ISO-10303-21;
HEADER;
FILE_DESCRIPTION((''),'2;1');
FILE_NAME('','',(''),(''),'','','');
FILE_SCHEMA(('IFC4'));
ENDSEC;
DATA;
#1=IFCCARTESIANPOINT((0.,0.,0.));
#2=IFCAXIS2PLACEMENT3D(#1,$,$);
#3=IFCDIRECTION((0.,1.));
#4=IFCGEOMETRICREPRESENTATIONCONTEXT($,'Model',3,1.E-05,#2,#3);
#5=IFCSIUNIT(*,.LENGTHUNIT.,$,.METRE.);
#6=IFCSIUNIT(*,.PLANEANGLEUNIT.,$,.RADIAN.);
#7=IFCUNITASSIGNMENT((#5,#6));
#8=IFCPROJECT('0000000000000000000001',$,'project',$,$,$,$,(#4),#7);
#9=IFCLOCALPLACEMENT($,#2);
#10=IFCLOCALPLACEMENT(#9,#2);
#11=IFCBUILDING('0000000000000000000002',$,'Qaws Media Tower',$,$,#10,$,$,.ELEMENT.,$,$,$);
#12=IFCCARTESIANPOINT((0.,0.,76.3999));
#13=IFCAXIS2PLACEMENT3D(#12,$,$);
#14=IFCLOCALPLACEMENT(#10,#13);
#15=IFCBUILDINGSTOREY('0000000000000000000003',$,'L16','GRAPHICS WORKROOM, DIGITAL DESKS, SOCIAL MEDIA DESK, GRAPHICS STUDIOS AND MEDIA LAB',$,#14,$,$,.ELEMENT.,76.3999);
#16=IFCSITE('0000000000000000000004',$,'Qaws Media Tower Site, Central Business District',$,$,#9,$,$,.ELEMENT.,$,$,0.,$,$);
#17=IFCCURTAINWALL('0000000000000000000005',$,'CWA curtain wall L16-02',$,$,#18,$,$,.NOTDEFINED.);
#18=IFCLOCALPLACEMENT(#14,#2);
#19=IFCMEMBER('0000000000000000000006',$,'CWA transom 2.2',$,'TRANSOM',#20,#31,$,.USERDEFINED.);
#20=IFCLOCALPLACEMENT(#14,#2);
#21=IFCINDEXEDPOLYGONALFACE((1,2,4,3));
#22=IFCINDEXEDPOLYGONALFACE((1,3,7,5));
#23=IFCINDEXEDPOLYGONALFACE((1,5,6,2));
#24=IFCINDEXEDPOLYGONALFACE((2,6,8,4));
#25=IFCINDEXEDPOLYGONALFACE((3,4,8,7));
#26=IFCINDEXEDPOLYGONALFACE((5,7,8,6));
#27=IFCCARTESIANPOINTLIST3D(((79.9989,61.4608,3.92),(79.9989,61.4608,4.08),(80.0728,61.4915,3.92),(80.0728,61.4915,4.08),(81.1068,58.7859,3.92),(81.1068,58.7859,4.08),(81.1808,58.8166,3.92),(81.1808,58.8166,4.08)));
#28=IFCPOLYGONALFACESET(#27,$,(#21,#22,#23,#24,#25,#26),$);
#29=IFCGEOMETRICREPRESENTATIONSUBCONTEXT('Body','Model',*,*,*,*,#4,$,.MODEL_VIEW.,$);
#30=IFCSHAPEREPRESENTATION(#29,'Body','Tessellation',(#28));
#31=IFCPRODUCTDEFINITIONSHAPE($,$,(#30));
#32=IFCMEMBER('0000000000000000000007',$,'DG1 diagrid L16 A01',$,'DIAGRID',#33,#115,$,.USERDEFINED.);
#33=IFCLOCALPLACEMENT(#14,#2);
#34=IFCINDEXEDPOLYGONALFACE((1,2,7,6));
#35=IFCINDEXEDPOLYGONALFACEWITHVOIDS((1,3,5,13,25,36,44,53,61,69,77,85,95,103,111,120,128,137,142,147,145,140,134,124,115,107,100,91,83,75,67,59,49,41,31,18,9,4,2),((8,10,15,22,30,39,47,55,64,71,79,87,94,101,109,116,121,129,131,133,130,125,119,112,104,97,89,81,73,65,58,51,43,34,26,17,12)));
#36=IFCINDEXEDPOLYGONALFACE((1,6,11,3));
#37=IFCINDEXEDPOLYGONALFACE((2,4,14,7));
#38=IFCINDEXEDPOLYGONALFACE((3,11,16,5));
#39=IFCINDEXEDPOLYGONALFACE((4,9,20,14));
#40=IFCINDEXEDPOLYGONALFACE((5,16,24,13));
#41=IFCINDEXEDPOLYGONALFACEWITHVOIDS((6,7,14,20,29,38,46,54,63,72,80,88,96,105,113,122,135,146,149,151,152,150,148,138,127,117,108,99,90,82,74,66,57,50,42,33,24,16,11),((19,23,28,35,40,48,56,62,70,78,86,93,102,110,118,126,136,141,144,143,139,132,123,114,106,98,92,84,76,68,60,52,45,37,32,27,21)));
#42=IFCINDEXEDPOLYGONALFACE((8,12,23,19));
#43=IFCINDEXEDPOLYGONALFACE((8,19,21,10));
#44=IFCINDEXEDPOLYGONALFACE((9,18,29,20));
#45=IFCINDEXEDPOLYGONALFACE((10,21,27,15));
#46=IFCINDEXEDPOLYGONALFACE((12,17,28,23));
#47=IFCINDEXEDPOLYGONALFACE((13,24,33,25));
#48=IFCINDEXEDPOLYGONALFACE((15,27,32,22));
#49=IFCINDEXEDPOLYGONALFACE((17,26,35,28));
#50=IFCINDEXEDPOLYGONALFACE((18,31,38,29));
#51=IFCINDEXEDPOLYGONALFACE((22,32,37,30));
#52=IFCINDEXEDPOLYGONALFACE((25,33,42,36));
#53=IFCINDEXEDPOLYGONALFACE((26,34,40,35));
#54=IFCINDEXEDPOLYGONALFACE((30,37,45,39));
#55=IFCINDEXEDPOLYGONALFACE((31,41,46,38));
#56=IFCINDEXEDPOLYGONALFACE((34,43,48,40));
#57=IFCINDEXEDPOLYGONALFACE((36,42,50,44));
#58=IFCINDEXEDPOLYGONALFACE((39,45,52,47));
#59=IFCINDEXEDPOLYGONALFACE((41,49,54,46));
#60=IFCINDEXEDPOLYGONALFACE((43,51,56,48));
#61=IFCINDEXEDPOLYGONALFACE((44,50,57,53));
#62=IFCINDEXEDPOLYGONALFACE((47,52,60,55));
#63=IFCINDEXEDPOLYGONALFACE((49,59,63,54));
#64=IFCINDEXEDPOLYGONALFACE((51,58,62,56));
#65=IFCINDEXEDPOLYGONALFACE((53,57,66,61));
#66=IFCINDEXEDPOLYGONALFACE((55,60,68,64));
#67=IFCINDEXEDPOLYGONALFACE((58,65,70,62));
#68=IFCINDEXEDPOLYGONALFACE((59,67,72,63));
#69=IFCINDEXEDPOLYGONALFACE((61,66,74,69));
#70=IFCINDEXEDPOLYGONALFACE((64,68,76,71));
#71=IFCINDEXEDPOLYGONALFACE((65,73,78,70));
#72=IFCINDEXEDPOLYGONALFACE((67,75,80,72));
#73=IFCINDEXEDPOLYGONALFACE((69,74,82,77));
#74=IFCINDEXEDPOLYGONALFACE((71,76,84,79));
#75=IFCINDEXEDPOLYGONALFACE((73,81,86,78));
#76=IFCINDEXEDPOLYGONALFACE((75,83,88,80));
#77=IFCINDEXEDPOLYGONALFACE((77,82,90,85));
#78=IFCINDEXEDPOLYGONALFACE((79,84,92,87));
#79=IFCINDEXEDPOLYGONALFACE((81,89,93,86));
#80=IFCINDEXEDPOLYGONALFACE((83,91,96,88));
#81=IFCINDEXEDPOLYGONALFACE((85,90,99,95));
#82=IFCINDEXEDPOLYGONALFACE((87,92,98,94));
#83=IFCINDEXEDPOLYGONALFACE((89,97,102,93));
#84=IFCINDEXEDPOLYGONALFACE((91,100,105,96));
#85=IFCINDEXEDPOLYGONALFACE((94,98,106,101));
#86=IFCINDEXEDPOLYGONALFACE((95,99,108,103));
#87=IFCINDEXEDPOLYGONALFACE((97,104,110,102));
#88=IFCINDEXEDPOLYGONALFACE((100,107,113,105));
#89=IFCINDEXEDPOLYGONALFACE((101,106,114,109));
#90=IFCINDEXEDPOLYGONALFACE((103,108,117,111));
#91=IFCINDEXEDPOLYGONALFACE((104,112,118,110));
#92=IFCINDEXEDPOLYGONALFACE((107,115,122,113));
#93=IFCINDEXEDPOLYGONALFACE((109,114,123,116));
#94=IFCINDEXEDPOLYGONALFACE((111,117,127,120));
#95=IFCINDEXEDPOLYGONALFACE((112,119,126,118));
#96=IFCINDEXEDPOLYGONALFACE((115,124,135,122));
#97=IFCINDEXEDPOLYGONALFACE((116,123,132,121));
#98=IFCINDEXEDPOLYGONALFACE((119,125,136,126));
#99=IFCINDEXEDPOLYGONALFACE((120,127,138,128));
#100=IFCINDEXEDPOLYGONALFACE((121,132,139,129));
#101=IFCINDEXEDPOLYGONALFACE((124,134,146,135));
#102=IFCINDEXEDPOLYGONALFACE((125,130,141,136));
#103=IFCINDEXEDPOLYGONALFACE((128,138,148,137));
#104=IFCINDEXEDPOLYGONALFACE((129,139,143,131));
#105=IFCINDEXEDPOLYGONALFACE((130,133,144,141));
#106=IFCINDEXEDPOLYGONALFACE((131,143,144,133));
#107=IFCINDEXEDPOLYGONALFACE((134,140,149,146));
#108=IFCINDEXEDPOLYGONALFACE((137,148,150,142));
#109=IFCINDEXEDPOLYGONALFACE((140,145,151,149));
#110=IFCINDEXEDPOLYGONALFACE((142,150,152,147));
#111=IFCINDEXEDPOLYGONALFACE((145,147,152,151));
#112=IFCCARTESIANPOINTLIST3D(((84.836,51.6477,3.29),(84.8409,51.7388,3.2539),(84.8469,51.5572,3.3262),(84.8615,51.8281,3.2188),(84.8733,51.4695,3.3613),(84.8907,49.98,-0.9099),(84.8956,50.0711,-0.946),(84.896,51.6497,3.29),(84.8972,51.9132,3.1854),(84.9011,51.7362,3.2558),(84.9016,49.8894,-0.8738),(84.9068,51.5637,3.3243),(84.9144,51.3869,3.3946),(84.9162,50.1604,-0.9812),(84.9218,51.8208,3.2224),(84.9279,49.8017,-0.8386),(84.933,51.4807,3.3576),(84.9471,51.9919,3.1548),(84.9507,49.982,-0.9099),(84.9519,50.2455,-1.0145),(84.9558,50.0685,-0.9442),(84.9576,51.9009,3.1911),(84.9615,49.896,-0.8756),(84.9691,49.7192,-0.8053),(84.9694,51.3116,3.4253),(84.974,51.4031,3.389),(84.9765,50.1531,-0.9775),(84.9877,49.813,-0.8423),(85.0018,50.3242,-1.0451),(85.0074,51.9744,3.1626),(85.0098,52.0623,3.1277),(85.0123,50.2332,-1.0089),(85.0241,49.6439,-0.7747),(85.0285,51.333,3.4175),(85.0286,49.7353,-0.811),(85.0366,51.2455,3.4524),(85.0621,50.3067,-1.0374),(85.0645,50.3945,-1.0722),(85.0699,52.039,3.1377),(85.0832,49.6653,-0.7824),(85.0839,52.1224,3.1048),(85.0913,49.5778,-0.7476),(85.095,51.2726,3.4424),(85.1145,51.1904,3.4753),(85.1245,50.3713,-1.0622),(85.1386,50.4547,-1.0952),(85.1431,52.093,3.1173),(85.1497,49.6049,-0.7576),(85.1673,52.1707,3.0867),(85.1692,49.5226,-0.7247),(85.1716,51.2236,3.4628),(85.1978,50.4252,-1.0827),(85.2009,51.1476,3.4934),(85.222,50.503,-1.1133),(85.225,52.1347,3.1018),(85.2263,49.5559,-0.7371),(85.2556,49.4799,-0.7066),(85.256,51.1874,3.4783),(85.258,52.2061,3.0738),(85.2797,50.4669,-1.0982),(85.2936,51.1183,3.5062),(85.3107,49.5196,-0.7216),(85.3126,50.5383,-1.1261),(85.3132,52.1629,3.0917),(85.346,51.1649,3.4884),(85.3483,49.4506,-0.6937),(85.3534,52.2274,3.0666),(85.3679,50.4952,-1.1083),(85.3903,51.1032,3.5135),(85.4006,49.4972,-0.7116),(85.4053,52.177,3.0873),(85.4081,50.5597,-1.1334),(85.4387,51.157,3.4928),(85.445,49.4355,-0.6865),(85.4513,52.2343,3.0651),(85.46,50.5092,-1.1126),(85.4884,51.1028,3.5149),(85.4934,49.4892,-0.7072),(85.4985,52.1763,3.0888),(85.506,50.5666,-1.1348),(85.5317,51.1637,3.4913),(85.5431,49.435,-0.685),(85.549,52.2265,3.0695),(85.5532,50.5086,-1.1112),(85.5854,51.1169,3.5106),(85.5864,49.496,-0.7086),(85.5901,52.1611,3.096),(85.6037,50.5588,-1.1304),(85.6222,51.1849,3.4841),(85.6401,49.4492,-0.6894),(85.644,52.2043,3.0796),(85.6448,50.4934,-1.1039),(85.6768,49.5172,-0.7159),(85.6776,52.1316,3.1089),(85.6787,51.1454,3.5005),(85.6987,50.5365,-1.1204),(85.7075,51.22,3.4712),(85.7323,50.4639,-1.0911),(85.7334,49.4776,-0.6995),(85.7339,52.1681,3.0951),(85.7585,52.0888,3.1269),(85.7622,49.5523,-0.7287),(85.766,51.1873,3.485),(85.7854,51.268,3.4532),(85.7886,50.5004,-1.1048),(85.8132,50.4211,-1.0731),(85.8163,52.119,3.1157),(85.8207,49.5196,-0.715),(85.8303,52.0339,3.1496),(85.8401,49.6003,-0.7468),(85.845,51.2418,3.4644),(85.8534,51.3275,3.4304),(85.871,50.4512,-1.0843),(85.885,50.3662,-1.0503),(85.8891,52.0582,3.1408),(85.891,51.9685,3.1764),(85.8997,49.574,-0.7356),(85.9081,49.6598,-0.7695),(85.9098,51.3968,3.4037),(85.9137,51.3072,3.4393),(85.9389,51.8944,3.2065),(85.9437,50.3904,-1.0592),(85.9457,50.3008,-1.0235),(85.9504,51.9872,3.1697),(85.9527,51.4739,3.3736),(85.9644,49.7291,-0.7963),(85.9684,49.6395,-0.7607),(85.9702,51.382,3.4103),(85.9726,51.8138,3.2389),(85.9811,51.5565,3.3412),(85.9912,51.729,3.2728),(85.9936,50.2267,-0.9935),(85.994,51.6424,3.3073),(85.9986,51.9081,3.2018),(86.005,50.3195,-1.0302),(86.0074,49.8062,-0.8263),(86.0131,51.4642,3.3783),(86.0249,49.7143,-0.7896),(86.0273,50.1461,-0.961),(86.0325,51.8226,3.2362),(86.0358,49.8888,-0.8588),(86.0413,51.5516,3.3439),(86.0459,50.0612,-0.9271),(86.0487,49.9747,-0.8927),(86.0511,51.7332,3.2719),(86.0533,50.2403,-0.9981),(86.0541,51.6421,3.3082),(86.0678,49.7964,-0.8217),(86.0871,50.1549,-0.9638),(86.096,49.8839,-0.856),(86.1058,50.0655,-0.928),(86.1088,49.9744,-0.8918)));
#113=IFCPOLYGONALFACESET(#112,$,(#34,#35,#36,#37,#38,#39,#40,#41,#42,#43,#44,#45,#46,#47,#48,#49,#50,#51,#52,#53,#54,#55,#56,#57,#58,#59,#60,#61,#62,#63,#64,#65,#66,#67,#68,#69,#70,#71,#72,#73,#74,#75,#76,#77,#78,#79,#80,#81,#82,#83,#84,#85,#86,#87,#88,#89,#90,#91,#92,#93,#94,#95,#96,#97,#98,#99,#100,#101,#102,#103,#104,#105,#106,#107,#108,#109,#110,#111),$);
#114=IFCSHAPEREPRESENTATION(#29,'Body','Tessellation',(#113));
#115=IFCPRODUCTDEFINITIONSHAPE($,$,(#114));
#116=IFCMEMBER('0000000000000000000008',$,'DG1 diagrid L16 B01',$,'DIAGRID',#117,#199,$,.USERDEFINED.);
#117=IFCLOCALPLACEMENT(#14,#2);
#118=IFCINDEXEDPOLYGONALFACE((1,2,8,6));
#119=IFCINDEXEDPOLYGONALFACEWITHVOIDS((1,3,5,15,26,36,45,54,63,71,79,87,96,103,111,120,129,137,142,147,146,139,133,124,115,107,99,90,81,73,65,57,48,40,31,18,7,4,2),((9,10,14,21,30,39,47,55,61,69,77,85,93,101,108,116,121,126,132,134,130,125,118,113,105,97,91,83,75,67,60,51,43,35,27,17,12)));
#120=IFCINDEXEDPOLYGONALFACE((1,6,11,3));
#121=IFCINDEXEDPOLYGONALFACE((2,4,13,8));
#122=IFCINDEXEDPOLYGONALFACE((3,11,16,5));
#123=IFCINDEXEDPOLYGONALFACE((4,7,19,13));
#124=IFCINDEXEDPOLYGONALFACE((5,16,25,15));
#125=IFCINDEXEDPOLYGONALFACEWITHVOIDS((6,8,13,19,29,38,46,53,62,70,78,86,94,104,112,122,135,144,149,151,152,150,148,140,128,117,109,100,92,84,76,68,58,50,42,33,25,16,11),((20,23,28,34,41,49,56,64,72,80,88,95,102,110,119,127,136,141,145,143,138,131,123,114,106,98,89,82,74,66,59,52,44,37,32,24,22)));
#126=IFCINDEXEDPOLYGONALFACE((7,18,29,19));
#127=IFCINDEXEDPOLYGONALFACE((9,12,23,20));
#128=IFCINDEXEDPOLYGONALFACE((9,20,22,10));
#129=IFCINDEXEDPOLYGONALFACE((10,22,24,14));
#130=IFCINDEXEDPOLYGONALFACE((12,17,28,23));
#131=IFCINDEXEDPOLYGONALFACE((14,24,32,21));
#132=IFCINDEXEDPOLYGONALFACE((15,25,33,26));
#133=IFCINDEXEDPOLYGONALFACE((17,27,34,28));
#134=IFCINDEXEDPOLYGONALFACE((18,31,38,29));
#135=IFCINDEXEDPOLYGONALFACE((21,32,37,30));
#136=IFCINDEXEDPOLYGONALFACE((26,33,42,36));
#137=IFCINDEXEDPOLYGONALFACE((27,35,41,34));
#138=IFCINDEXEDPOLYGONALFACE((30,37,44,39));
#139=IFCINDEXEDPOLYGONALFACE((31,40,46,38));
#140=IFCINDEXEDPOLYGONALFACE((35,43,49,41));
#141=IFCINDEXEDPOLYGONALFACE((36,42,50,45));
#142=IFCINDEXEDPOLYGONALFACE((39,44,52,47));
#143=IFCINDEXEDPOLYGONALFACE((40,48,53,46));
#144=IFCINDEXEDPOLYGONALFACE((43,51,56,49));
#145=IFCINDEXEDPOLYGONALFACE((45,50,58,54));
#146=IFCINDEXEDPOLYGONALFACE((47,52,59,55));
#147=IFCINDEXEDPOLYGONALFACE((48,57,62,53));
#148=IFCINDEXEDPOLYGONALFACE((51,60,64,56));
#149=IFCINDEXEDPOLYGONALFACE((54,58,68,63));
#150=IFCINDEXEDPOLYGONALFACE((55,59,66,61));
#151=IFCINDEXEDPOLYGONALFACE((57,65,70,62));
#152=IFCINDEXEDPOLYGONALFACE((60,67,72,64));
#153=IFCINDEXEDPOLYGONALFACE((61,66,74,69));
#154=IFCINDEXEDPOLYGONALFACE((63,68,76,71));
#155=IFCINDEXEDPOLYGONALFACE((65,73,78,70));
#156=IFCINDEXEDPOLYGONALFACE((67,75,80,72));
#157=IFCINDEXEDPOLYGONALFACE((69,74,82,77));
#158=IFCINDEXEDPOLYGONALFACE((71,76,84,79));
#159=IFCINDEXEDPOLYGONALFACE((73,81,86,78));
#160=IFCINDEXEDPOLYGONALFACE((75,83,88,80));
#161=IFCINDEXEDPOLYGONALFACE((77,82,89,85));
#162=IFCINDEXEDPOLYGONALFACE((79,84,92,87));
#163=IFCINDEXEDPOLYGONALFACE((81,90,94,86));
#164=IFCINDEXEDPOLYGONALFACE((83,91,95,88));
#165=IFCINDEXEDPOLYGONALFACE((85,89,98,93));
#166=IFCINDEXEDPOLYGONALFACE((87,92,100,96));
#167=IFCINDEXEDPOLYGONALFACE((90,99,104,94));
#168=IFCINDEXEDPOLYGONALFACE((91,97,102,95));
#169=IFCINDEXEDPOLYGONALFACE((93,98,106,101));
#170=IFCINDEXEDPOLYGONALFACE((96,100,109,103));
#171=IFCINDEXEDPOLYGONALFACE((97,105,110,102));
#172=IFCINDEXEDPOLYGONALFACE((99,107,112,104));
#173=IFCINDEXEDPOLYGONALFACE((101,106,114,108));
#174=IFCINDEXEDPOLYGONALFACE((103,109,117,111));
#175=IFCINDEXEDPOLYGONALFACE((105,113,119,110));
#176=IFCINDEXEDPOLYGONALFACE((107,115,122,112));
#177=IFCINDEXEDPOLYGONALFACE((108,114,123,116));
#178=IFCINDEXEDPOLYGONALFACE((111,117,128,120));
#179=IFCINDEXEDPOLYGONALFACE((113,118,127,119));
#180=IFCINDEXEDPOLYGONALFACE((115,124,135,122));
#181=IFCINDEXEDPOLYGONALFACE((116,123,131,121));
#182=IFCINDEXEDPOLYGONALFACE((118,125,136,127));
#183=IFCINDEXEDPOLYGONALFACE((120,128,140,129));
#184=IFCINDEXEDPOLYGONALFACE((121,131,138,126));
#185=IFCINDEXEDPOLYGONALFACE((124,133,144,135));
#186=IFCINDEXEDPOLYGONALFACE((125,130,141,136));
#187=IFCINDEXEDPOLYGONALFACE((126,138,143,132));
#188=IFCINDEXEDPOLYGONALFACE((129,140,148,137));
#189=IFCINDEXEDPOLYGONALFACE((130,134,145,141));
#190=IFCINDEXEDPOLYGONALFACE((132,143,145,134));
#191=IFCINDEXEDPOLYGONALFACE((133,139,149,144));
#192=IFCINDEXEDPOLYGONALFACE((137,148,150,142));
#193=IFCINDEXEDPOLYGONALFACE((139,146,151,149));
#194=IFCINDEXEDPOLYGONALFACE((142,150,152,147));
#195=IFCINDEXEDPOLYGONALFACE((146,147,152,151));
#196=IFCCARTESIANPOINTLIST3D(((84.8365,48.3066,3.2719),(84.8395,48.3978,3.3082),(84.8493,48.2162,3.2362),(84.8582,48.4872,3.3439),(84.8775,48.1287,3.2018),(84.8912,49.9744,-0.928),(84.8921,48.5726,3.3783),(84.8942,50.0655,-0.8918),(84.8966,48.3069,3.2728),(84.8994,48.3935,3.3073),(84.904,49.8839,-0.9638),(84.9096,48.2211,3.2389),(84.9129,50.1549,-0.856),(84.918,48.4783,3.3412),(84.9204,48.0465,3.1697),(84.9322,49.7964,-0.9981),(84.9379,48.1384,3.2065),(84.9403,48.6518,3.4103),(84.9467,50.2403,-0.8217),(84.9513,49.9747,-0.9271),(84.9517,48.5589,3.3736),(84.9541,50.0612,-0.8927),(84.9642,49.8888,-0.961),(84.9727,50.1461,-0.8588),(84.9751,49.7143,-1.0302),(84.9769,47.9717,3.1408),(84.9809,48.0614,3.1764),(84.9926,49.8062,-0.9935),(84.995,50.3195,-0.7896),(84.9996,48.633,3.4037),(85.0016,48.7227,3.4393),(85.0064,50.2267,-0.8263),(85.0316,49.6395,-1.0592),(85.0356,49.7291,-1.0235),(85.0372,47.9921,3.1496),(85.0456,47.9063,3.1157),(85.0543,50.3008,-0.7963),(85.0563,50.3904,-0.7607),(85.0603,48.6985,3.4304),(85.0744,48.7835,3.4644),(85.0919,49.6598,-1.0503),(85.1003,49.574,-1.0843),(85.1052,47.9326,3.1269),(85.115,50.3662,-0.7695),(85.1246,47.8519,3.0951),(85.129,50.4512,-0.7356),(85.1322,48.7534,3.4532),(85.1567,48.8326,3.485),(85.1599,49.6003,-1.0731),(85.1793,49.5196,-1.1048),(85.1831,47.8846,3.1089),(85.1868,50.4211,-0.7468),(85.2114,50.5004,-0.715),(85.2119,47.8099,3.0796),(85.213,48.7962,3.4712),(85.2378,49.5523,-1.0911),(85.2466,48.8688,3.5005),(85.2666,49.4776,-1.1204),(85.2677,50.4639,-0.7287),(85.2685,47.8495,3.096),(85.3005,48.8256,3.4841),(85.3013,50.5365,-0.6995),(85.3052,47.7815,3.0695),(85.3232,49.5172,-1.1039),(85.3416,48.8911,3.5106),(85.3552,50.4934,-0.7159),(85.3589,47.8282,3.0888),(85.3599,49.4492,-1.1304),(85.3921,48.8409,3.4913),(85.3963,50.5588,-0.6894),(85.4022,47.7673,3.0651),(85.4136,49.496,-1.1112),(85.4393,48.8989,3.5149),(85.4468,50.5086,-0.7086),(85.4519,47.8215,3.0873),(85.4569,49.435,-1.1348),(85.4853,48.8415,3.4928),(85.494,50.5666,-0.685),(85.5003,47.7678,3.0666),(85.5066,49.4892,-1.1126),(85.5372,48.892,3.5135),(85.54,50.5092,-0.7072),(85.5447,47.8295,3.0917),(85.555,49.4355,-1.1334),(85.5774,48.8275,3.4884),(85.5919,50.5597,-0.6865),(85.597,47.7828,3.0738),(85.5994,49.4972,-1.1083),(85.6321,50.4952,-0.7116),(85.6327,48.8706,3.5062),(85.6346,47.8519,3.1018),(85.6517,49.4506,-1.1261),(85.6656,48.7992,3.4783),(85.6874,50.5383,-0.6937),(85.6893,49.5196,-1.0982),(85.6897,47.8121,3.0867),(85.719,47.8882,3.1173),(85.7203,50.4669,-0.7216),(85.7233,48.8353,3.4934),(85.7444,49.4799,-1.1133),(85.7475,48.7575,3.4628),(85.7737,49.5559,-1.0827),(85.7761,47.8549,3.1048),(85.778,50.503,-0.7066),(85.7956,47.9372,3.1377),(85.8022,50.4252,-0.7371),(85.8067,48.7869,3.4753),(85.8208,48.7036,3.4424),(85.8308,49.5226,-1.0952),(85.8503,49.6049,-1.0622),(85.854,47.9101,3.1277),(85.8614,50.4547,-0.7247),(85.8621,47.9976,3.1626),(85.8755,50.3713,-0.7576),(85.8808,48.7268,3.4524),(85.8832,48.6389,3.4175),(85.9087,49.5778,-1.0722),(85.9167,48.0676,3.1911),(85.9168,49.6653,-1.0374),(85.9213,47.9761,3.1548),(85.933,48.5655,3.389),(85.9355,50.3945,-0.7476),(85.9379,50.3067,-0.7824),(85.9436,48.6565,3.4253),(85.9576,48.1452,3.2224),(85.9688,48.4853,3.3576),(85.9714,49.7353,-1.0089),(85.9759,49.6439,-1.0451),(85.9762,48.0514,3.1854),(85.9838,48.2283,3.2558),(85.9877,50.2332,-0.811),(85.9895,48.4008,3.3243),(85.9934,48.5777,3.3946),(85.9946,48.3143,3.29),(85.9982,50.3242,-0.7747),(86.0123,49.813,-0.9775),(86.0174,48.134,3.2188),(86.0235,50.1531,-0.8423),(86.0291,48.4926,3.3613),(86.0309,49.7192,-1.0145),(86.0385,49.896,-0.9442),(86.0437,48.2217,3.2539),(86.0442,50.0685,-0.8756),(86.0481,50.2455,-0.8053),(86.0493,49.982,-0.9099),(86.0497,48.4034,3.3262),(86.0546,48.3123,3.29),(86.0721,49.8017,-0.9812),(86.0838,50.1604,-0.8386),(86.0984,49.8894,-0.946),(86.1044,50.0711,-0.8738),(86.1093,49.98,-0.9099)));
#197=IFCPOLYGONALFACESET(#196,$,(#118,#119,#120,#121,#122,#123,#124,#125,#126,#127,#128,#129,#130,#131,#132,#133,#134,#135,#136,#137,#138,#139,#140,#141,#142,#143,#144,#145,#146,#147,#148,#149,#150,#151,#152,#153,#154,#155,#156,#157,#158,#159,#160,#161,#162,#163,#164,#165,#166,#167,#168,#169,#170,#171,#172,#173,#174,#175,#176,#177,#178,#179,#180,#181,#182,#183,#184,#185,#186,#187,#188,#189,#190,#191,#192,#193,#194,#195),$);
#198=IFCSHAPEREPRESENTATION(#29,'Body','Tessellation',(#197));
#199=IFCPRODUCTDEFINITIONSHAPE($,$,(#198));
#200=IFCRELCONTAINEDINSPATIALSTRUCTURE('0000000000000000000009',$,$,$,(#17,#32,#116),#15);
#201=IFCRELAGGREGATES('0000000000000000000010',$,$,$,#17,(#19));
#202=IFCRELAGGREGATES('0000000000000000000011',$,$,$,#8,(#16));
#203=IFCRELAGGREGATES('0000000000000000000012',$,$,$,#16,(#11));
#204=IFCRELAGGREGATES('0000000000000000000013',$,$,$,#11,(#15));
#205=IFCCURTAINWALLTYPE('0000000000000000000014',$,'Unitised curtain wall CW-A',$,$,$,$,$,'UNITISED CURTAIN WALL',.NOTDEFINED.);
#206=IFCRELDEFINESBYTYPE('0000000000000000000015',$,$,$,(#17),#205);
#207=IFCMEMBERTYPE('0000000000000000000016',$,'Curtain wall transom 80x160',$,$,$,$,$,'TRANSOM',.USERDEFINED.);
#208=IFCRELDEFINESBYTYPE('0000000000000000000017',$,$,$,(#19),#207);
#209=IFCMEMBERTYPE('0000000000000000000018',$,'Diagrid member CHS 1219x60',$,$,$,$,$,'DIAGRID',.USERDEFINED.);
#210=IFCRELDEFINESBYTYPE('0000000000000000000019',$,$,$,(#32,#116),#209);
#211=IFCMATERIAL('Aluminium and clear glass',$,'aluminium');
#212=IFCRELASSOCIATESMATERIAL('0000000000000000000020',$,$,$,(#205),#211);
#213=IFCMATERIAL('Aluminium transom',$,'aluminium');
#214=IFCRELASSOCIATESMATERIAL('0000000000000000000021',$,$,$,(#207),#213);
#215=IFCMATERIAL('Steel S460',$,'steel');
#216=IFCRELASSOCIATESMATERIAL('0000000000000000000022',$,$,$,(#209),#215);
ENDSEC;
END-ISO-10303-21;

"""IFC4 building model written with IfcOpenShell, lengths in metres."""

from ifc_helpers import new_model, si_unit, direction, frame, origin, origin_2d, place, context, subcontext, project, spatial, rectangle, hollow_circle, extrude, material, material_profile, profile_set, type_object, element, aggregate, save


model = new_model("IFC4")

# Units and contexts
model_context = context("Model", 3, precision=1e-05, world=origin(), true_north=direction((0.0, 1.0)))
body_context = subcontext(model_context, "Body", "Model", "MODEL_VIEW")
ifc_project = project(units=[si_unit("LENGTHUNIT", "METRE"), si_unit("PLANEANGLEUNIT", "RADIAN")], contexts=[model_context])

# Site, building, storey
site_placement = place(None, origin())
site = spatial("IfcSite", under=ifc_project, at=site_placement, Name="Qaws Media Tower Site, Central Business District", CompositionType="ELEMENT", RefElevation=0.0)
building_placement = place(site_placement, origin())
building = spatial("IfcBuilding", under=site, at=building_placement, Name="Qaws Media Tower", CompositionType="ELEMENT")
storey_placement = place(building_placement, frame((0.0, 0.0, 76.3999)))
storey = spatial("IfcBuildingStorey", under=building, at=storey_placement, Name="L16", Description="GRAPHICS WORKROOM, DIGITAL DESKS, SOCIAL MEDIA DESK, GRAPHICS STUDIOS AND MEDIA LAB", CompositionType="ELEMENT", Elevation=76.3999)

# Curtain wall
ifc_material_1 = material(Name="Aluminium and clear glass", Category="aluminium")
curtain_wall_type = type_object("IfcCurtainWallType", Name="Unitised curtain wall CW-A", ElementType="UNITISED CURTAIN WALL", PredefinedType="NOTDEFINED", material=ifc_material_1)
curtain_wall_1_placement = place(storey_placement, origin())
curtain_wall_1 = element("IfcCurtainWall", 1, at=curtain_wall_1_placement, inside=storey, type_object=curtain_wall_type, Name="CWA curtain wall L16-02", PredefinedType="NOTDEFINED")

# Member
ifc_material_2 = material(Name="Aluminium transom", Category="aluminium")
ifc_material_profile_1 = material_profile(ifc_material_2, rectangle(XDim=0.0801, YDim=0.1599, at=origin_2d()), Name="80x160")
ifc_profile_set_1 = profile_set([ifc_material_profile_1], Name="Aluminium transom")
member_type_1 = type_object("IfcMemberType", Name="Curtain wall transom 80x160", ElementType="TRANSOM", PredefinedType="USERDEFINED", material=ifc_profile_set_1)
member_1_placement = place(storey_placement, frame((81.1438, 58.8013, 4.0), z_axis=(-0.382675, 0.923883, 0.0), x_axis=(-0.923883, -0.382675, 0.0)))
member_1 = element("IfcMember", 2, at=member_1_placement, type_object=member_type_1, Name="CWA transom 2.2", ObjectType="TRANSOM", PredefinedType="USERDEFINED", context=body_context, shape_type="SweptSolid", body=[
    extrude(rectangle(XDim=0.0801, YDim=0.1599, at=origin_2d()), origin(), (0.0, 0.0, 1.0), 2.8953),
])

# Members
ifc_material_3 = material(Name="Steel S460", Category="steel")
ifc_material_profile_2 = material_profile(ifc_material_3, hollow_circle(Radius=0.6096, WallThickness=0.0601, at=origin_2d()), Name="CHS 1219x60")
ifc_profile_set_2 = profile_set([ifc_material_profile_2], Name="Steel S460")
member_type_2 = type_object("IfcMemberType", Name="Diagrid member CHS 1219x60", ElementType="DIAGRID", PredefinedType="USERDEFINED", material=ifc_profile_set_2)
for number, where, z_axis, x_axis, name in (
    (3, (85.5, 50.0, -0.9099), (-0.012101, 0.369024, 0.929341), (-0.999463, -0.032774, 0.0), "DG1 diagrid L16 A01"),
    (4, (85.5, 50.0, -0.9099), (-0.012101, -0.369024, 0.929341), (0.999463, -0.032774, 0.0), "DG1 diagrid L16 B01"),
):
    element("IfcMember", number, at=place(storey_placement, frame(where, z_axis=z_axis, x_axis=x_axis)), inside=storey, type_object=member_type_2, Name=name, ObjectType="DIAGRID", PredefinedType="USERDEFINED", context=body_context, shape_type="SweptSolid", body=[
        extrude(hollow_circle(Radius=0.6096, WallThickness=0.0601, at=origin_2d()), origin(), (0.0, 0.0, 1.0), 4.5193),
    ])

aggregate(curtain_wall_1, [member_1])

save(model, "model.ifc")
